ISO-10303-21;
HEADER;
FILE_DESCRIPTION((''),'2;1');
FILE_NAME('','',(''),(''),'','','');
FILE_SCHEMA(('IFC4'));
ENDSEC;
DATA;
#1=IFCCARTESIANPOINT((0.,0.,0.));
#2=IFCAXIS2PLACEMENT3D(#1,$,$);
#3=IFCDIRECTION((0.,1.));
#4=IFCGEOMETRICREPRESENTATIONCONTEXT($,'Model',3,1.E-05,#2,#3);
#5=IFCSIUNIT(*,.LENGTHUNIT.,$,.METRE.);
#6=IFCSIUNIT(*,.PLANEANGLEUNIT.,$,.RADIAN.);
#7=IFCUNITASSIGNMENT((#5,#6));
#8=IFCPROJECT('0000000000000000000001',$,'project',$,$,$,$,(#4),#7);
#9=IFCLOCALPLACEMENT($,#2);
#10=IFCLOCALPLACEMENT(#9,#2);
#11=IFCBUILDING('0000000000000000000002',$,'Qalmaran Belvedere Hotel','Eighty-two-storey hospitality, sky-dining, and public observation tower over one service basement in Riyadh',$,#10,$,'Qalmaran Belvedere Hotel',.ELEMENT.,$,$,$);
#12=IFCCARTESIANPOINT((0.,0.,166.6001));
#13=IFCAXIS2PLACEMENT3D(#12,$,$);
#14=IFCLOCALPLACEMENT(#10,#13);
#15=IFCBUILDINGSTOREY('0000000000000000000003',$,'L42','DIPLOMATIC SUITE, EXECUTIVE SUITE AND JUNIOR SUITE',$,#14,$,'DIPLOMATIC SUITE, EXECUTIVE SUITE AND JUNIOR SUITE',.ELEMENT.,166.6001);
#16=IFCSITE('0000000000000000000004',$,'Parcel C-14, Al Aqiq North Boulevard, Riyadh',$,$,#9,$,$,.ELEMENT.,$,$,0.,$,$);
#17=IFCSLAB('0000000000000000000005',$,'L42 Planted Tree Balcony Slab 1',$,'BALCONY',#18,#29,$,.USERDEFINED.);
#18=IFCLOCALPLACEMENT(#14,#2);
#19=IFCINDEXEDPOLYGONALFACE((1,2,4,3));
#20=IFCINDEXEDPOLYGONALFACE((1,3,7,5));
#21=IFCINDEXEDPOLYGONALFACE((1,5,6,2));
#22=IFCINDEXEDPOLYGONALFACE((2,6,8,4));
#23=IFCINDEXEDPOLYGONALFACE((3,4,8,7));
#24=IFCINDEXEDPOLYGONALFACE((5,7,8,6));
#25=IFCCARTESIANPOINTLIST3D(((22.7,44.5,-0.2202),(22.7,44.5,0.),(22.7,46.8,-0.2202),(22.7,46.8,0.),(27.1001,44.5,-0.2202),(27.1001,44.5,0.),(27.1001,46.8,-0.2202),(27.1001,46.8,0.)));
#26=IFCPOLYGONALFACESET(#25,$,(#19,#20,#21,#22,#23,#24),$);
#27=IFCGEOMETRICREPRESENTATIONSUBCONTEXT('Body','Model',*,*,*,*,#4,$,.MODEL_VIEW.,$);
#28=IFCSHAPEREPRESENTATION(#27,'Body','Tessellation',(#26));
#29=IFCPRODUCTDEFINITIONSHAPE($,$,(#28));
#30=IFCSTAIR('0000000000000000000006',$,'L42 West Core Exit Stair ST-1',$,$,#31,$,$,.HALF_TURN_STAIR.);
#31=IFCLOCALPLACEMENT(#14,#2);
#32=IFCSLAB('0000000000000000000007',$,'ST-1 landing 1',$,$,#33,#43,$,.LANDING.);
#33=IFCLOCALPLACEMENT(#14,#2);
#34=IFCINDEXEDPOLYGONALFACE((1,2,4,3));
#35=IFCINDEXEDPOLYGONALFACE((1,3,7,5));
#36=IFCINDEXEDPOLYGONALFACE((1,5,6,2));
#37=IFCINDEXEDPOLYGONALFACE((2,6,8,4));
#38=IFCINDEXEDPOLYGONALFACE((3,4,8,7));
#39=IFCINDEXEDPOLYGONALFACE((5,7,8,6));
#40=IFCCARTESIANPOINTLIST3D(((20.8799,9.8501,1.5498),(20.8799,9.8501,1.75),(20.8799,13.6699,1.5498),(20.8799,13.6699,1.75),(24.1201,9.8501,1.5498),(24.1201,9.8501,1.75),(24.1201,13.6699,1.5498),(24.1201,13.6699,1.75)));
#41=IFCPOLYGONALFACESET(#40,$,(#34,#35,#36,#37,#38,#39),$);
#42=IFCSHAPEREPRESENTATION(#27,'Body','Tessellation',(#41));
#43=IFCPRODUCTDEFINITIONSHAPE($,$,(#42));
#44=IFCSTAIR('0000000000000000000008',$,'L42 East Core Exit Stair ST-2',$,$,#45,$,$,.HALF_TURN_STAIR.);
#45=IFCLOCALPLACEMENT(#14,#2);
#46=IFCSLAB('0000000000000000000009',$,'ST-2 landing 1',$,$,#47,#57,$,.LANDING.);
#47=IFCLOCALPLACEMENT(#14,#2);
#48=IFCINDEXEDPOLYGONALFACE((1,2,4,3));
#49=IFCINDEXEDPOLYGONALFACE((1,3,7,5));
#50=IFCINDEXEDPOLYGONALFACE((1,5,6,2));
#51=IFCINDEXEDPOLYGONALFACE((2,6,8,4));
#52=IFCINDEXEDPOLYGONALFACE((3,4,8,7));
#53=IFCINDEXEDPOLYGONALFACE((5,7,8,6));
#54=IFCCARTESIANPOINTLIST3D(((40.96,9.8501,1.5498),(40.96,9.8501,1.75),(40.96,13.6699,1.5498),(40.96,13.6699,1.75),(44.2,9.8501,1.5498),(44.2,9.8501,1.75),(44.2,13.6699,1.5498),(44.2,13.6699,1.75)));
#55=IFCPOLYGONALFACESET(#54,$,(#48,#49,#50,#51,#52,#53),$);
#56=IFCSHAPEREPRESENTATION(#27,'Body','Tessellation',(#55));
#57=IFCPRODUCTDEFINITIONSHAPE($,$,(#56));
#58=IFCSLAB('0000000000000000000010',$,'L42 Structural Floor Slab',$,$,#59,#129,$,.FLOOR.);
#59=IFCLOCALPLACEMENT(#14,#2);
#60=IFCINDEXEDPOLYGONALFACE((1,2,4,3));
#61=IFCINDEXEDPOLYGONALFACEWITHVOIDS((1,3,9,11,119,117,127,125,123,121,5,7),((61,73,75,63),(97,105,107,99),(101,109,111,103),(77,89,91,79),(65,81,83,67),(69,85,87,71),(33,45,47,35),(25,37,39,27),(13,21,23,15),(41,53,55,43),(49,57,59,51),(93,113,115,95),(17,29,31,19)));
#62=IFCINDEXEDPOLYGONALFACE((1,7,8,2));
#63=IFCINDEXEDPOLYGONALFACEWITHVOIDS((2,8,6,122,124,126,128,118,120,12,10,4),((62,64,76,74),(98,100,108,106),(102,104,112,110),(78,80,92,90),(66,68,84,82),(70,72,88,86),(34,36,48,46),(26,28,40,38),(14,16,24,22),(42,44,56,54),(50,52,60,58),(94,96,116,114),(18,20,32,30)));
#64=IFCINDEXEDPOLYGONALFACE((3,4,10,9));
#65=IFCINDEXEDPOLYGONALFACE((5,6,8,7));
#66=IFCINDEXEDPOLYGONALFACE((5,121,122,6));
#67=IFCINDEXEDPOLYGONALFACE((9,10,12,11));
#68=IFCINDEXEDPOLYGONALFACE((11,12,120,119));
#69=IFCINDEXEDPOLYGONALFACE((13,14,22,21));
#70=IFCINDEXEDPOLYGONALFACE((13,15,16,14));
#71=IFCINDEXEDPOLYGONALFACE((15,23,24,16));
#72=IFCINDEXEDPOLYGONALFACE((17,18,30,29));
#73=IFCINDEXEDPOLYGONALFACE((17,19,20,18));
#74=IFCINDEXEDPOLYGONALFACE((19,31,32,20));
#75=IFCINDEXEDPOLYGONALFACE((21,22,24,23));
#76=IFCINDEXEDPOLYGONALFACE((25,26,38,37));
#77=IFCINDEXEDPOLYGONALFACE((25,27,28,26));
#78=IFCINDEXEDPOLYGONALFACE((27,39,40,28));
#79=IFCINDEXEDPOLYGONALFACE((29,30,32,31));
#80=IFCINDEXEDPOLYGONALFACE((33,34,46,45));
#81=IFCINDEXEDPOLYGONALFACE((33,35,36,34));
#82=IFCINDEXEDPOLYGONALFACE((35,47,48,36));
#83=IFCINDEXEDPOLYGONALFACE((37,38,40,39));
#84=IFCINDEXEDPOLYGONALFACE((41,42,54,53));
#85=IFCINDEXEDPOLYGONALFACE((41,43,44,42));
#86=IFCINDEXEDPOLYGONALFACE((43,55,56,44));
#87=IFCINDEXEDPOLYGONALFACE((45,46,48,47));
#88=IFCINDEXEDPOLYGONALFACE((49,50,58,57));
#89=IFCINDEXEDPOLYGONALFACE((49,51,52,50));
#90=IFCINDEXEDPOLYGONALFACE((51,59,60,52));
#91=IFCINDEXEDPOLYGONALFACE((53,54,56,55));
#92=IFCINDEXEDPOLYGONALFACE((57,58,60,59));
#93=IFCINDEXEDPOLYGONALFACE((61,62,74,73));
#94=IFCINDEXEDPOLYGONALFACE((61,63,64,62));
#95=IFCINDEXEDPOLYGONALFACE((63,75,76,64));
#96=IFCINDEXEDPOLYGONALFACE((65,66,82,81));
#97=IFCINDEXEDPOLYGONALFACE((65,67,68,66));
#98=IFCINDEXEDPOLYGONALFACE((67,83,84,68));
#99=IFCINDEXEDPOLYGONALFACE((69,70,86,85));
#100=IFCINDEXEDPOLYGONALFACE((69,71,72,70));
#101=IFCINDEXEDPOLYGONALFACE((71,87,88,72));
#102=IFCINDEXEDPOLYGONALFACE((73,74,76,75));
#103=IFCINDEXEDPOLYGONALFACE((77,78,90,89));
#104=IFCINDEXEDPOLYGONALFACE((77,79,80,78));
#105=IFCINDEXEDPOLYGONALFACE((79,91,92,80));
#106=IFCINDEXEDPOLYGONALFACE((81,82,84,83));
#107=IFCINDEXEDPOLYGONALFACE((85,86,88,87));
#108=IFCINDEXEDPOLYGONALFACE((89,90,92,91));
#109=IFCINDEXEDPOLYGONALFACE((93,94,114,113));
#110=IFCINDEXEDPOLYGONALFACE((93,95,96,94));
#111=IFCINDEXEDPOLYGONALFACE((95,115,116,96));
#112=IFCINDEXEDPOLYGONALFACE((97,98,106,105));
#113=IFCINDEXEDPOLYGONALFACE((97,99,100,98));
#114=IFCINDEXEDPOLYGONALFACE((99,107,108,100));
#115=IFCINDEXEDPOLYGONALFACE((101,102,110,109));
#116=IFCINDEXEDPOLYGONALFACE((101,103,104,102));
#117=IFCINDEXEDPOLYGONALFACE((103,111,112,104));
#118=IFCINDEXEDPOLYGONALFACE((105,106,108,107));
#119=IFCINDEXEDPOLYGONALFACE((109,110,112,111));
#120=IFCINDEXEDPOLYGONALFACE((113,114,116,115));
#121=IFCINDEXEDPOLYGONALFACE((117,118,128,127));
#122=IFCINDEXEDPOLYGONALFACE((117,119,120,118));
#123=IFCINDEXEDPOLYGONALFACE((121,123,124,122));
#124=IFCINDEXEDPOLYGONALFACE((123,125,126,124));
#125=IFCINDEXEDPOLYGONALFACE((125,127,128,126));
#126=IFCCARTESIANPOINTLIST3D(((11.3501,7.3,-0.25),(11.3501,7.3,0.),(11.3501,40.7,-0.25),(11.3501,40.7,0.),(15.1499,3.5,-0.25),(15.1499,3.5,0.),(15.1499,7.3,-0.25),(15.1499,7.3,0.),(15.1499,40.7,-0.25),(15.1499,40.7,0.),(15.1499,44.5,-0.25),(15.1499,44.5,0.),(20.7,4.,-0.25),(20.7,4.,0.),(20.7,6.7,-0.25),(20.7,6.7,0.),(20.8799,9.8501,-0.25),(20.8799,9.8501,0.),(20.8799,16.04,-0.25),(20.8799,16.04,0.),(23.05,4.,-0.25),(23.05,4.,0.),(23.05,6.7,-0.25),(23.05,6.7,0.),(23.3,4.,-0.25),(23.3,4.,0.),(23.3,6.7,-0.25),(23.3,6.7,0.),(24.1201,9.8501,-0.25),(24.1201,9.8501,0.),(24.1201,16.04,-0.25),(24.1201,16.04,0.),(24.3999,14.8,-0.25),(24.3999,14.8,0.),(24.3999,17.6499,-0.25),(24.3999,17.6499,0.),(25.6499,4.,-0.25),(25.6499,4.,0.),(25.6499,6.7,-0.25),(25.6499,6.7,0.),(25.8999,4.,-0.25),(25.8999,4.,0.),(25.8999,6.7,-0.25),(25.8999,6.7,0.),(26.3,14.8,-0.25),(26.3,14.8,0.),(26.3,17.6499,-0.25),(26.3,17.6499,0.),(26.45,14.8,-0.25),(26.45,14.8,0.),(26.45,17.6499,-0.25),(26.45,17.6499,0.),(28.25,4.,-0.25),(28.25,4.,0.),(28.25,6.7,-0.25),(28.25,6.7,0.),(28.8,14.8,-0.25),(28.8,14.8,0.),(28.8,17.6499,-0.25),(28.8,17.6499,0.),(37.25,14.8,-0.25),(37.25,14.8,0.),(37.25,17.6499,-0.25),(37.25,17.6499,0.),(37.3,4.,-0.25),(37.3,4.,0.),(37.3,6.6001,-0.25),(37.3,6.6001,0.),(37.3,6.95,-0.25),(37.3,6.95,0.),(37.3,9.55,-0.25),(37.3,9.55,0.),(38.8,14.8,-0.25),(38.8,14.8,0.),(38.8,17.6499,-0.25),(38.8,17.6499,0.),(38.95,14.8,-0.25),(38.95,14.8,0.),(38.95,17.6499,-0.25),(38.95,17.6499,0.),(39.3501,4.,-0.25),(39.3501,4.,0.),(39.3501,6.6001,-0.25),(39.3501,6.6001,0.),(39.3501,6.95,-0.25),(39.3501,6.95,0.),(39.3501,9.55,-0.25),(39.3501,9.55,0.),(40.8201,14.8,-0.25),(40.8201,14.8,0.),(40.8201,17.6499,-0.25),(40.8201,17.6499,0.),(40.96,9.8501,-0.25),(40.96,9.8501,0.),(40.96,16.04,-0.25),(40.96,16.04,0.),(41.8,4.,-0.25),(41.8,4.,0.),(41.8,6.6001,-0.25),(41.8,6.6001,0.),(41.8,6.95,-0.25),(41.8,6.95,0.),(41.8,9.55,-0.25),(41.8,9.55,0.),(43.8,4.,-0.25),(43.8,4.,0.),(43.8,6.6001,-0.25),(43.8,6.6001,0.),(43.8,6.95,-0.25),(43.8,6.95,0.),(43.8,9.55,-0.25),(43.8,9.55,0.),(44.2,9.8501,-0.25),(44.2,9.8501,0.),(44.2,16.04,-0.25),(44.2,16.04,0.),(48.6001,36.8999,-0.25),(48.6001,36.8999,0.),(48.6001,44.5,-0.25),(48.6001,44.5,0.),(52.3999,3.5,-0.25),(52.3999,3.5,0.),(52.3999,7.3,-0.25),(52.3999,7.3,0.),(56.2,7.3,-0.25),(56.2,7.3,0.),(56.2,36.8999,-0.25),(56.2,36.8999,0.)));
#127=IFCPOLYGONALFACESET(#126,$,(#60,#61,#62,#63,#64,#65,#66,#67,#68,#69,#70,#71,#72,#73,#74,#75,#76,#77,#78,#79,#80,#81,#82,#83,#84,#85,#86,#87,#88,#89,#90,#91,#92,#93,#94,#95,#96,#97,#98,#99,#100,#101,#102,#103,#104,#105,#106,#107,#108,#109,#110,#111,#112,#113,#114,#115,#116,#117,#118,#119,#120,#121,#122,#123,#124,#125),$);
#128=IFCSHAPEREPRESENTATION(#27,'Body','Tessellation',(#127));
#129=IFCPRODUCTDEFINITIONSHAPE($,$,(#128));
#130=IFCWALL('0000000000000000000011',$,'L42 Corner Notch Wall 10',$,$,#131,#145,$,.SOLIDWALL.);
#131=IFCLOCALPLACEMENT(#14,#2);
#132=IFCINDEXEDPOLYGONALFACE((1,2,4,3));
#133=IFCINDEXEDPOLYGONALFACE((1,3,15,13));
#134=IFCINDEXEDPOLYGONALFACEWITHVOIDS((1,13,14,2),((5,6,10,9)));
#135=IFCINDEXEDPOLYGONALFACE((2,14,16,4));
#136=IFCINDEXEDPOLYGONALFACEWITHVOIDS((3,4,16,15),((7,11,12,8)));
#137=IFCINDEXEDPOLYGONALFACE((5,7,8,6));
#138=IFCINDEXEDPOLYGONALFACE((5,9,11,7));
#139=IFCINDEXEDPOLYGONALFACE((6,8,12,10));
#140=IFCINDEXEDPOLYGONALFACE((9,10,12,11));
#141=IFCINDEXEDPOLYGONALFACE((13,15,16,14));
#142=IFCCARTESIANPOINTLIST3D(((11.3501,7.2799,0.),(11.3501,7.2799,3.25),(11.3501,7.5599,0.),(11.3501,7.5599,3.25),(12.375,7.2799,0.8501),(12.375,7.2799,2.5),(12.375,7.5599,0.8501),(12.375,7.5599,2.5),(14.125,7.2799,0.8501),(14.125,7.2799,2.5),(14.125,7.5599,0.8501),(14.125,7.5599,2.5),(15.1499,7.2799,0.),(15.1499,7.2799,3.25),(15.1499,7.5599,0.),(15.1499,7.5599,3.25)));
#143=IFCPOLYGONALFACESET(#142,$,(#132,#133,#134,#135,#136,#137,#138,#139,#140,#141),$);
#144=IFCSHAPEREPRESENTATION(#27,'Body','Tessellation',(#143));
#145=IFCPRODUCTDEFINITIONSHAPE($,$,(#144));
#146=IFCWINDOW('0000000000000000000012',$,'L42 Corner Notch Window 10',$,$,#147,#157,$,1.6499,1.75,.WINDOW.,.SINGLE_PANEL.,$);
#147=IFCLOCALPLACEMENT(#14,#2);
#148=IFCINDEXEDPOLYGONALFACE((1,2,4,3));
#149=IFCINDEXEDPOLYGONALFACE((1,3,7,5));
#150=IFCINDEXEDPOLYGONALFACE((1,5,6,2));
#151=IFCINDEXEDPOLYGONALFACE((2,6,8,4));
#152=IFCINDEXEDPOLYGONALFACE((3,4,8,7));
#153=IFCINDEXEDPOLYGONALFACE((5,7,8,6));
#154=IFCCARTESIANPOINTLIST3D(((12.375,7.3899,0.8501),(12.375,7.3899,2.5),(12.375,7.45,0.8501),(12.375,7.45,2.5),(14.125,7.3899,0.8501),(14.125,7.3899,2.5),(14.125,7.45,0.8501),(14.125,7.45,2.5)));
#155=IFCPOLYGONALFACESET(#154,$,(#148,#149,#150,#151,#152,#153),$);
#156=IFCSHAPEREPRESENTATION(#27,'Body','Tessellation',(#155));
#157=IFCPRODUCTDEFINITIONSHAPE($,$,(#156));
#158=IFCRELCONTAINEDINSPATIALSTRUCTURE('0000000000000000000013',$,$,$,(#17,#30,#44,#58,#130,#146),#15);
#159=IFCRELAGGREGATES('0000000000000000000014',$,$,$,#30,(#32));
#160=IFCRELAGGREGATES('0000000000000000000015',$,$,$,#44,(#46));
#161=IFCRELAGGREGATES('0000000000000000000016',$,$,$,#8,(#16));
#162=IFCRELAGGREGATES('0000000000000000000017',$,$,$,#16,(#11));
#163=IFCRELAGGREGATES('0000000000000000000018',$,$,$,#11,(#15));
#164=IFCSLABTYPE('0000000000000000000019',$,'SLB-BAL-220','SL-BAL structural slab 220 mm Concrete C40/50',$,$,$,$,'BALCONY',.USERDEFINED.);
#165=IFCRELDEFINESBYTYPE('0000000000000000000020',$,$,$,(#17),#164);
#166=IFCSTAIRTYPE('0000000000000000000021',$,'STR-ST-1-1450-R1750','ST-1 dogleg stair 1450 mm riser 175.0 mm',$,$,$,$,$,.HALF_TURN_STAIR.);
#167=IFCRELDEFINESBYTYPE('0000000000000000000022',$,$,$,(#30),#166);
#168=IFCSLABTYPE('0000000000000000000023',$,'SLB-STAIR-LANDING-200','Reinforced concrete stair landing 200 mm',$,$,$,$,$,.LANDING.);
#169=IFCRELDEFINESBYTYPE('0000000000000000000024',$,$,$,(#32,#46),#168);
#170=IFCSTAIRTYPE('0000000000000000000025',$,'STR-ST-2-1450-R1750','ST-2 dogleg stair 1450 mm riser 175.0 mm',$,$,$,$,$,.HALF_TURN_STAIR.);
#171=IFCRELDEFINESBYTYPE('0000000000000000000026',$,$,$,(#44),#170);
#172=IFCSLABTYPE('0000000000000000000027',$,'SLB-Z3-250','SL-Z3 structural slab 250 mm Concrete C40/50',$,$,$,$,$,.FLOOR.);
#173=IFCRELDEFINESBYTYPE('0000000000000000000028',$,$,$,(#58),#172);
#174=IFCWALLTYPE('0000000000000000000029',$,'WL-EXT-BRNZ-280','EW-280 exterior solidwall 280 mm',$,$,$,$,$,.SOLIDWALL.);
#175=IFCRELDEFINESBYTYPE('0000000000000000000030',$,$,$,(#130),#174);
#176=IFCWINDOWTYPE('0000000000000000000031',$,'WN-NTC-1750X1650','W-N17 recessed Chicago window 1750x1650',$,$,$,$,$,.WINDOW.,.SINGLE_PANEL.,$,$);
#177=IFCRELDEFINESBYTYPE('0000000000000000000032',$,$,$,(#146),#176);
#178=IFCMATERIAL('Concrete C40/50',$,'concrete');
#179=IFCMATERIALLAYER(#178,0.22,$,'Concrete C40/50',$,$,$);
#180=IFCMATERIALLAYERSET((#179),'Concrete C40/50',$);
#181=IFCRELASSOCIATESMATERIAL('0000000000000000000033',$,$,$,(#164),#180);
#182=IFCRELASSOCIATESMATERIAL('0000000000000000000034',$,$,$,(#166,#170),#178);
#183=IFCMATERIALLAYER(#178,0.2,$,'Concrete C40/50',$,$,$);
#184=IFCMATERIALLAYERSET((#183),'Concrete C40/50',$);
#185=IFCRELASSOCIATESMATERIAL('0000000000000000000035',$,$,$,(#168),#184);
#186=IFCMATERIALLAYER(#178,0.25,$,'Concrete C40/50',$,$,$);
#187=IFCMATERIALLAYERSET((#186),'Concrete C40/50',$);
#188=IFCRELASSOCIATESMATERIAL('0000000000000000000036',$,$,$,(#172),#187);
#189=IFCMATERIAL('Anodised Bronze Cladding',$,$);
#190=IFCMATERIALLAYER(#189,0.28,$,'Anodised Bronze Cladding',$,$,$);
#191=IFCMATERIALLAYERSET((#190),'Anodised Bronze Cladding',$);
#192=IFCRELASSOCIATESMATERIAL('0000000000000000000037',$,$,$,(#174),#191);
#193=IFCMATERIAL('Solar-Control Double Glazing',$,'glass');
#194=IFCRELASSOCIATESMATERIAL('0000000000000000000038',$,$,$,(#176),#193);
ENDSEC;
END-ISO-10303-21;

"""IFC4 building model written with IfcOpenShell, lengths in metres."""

from ifc_helpers import new_model, si_unit, direction, frame, frame_2d, origin, place, context, subcontext, project, spatial, polyline, rectangle, outline, extrude, material, layer, layer_set, type_object, element, fill, aggregate, save


model = new_model("IFC4")

# Units and contexts
model_context = context("Model", 3, precision=1e-05, world=origin(), true_north=direction((0.0, 1.0)))
body_context = subcontext(model_context, "Body", "Model", "MODEL_VIEW")
ifc_project = project(units=[si_unit("LENGTHUNIT", "METRE"), si_unit("PLANEANGLEUNIT", "RADIAN")], contexts=[model_context])

# Site, building, storey
site_placement = place(None, origin())
site = spatial("IfcSite", under=ifc_project, at=site_placement, Name="Parcel C-14, Al Aqiq North Boulevard, Riyadh", CompositionType="ELEMENT", RefElevation=0.0)
building_placement = place(site_placement, origin())
building = spatial("IfcBuilding", under=site, at=building_placement, Name="Qalmaran Belvedere Hotel", Description="Eighty-two-storey hospitality, sky-dining, and public observation tower over one service basement in Riyadh", LongName="Qalmaran Belvedere Hotel", CompositionType="ELEMENT")
storey_placement = place(building_placement, frame((0.0, 0.0, 166.6001)))
storey = spatial("IfcBuildingStorey", under=building, at=storey_placement, Name="L42", Description="DIPLOMATIC SUITE, EXECUTIVE SUITE AND JUNIOR SUITE", LongName="DIPLOMATIC SUITE, EXECUTIVE SUITE AND JUNIOR SUITE", CompositionType="ELEMENT", Elevation=166.6001)

# Shared definitions
ifc_material_1 = material(Name="Solar-Control Double Glazing", Category="glass")

# Slab
ifc_material_2 = material(Name="Concrete C40/50", Category="concrete")
ifc_layer_1 = layer(ifc_material_2, 0.22, Name="Concrete C40/50")
ifc_layer_set_1 = layer_set([ifc_layer_1], Name="Concrete C40/50")
slab_type_1 = type_object("IfcSlabType", Name="SLB-BAL-220", Description="SL-BAL structural slab 220 mm Concrete C40/50", ElementType="BALCONY", PredefinedType="USERDEFINED", material=ifc_layer_set_1)
slab_1_placement = place(storey_placement, frame((0.0, 0.0, -0.2202)))
element("IfcSlab", 1, at=slab_1_placement, inside=storey, type_object=slab_type_1, Name="L42 Planted Tree Balcony Slab 1", ObjectType="BALCONY", PredefinedType="USERDEFINED", context=body_context, shape_type="SweptSolid", body=[
    extrude(outline(polyline([(22.7, 44.5), (27.1001, 44.5), (27.1001, 46.8), (22.7, 46.8), (22.7, 44.5)])), origin(), (0.0, 0.0, 1.0), 0.2202),
])

# Stairs, slabs
stair_type_1 = type_object("IfcStairType", Name="STR-ST-1-1450-R1750", Description="ST-1 dogleg stair 1450 mm riser 175.0 mm", PredefinedType="HALF_TURN_STAIR", material=ifc_material_2)
stair_1_placement = place(storey_placement, origin())
stair_1 = element("IfcStair", 2, at=stair_1_placement, inside=storey, type_object=stair_type_1, Name="L42 West Core Exit Stair ST-1", PredefinedType="HALF_TURN_STAIR")
ifc_layer_2 = layer(ifc_material_2, 0.2, Name="Concrete C40/50")
ifc_layer_set_2 = layer_set([ifc_layer_2], Name="Concrete C40/50")
slab_type_2 = type_object("IfcSlabType", Name="SLB-STAIR-LANDING-200", Description="Reinforced concrete stair landing 200 mm", PredefinedType="LANDING", material=ifc_layer_set_2)
slab_2_placement = place(storey_placement, frame((0.0, 0.0, 1.5498)))
slab_2 = element("IfcSlab", 3, at=slab_2_placement, type_object=slab_type_2, Name="ST-1 landing 1", PredefinedType="LANDING", context=body_context, shape_type="SweptSolid", body=[
    extrude(outline(polyline([(20.8799, 13.6699), (20.8799, 9.8501), (24.1201, 9.8501), (24.1201, 13.6699), (20.8799, 13.6699)])), origin(), (0.0, 0.0, 1.0), 0.2002),
])
aggregate(stair_1, [slab_2])
stair_type_2 = type_object("IfcStairType", Name="STR-ST-2-1450-R1750", Description="ST-2 dogleg stair 1450 mm riser 175.0 mm", PredefinedType="HALF_TURN_STAIR", material=ifc_material_2)
stair_2_placement = place(storey_placement, origin())
stair_2 = element("IfcStair", 4, at=stair_2_placement, inside=storey, type_object=stair_type_2, Name="L42 East Core Exit Stair ST-2", PredefinedType="HALF_TURN_STAIR")
slab_3_placement = place(storey_placement, frame((0.0, 0.0, 1.5498)))
slab_3 = element("IfcSlab", 5, at=slab_3_placement, type_object=slab_type_2, Name="ST-2 landing 1", PredefinedType="LANDING", context=body_context, shape_type="SweptSolid", body=[
    extrude(outline(polyline([(40.96, 13.6699), (40.96, 9.8501), (44.2, 9.8501), (44.2, 13.6699), (40.96, 13.6699)])), origin(), (0.0, 0.0, 1.0), 0.2002),
])
aggregate(stair_2, [slab_3])

# Slab
ifc_layer_3 = layer(ifc_material_2, 0.25, Name="Concrete C40/50")
ifc_layer_set_3 = layer_set([ifc_layer_3], Name="Concrete C40/50")
slab_type_3 = type_object("IfcSlabType", Name="SLB-Z3-250", Description="SL-Z3 structural slab 250 mm Concrete C40/50", PredefinedType="FLOOR", material=ifc_layer_set_3)
slab_4_placement = place(storey_placement, frame((0.0, 0.0, -0.25)))
element("IfcSlab", 6, at=slab_4_placement, inside=storey, type_object=slab_type_3, Name="L42 Structural Floor Slab", PredefinedType="FLOOR", context=body_context, shape_type="SweptSolid", body=[
    extrude(outline(polyline([(15.1499, 3.5), (52.3999, 3.5), (52.3999, 7.3), (56.2, 7.3), (56.2, 36.8999), (48.6001, 36.8999), (48.6001, 44.5), (15.1499, 44.5), (15.1499, 40.7), (11.3501, 40.7), (11.3501, 7.3), (15.1499, 7.3), (15.1499, 3.5)]), holes=[polyline([(20.8799, 9.8501), (24.1201, 9.8501), (24.1201, 16.04), (20.8799, 16.04), (20.8799, 9.8501)]), polyline([(40.96, 9.8501), (44.2, 9.8501), (44.2, 16.04), (40.96, 16.04), (40.96, 9.8501)]), polyline([(37.3, 4.0), (39.3501, 4.0), (39.3501, 6.6001), (37.3, 6.6001), (37.3, 4.0)]), polyline([(37.3, 6.95), (39.3501, 6.95), (39.3501, 9.55), (37.3, 9.55), (37.3, 6.95)]), polyline([(41.8, 4.0), (43.8, 4.0), (43.8, 6.6001), (41.8, 6.6001), (41.8, 4.0)]), polyline([(41.8, 6.95), (43.8, 6.95), (43.8, 9.55), (41.8, 9.55), (41.8, 6.95)]), polyline([(20.7, 4.0), (23.05, 4.0), (23.05, 6.7), (20.7, 6.7), (20.7, 4.0)]), polyline([(23.3, 4.0), (25.6499, 4.0), (25.6499, 6.7), (23.3, 6.7), (23.3, 4.0)]), polyline([(25.8999, 4.0), (28.25, 4.0), (28.25, 6.7), (25.8999, 6.7), (25.8999, 4.0)]), polyline([(24.3999, 14.8), (26.3, 14.8), (26.3, 17.6499), (24.3999, 17.6499), (24.3999, 14.8)]), polyline([(38.95, 14.8), (40.8201, 14.8), (40.8201, 17.6499), (38.95, 17.6499), (38.95, 14.8)]), polyline([(26.45, 14.8), (28.8, 14.8), (28.8, 17.6499), (26.45, 17.6499), (26.45, 14.8)]), polyline([(37.25, 14.8), (38.8, 14.8), (38.8, 17.6499), (37.25, 17.6499), (37.25, 14.8)])]), origin(), (0.0, 0.0, 1.0), 0.25),
])

# Wall, opening, window
ifc_material_3 = material(Name="Anodised Bronze Cladding")
ifc_layer_4 = layer(ifc_material_3, 0.28, Name="Anodised Bronze Cladding")
ifc_layer_set_4 = layer_set([ifc_layer_4], Name="Anodised Bronze Cladding")
wall_type_1 = type_object("IfcWallType", Name="WL-EXT-BRNZ-280", Description="EW-280 exterior solidwall 280 mm", PredefinedType="SOLIDWALL", material=ifc_layer_set_4)
wall_1_placement = place(storey_placement, frame((11.3501, 7.4199, 0.0), z_axis=(0.0, 0.0, 1.0), x_axis=(1.0, 0.0, 0.0)))
wall_1 = element("IfcWall", 7, at=wall_1_placement, inside=storey, type_object=wall_type_1, Name="L42 Corner Notch Wall 10", PredefinedType="SOLIDWALL", context=body_context, shape_type="SweptSolid", body=[
    extrude(rectangle(XDim=3.7998, YDim=0.28, at=frame_2d((1.8999, 0.0))), origin(), (0.0, 0.0, 1.0), 3.25),
])
opening_1_placement = place(wall_1_placement, frame((1.0249, 0.0, 0.8501)))
opening_1 = element("IfcOpeningElement", 8, at=opening_1_placement, cuts=wall_1, PredefinedType="OPENING", context=body_context, shape_type="SweptSolid", body=[
    extrude(rectangle(XDim=1.75, YDim=1.6499, at=frame_2d((0.875, 0.825))), frame((0.0, 0.1499, 0.0), z_axis=(0.0, -1.0, 0.0), x_axis=(1.0, 0.0, 0.0)), (0.0, 0.0, 1.0), 0.3),
])
window_type = type_object("IfcWindowType", Name="WN-NTC-1750X1650", Description="W-N17 recessed Chicago window 1750x1650", PartitioningType="SINGLE_PANEL", PredefinedType="WINDOW", material=ifc_material_1)
window_placement = place(opening_1_placement, origin())
window = element("IfcWindow", 9, at=window_placement, inside=storey, type_object=window_type, Name="L42 Corner Notch Window 10", OverallHeight=1.6499, OverallWidth=1.75, PartitioningType="SINGLE_PANEL", PredefinedType="WINDOW", context=body_context, shape_type="SweptSolid", body=[
    extrude(rectangle(XDim=1.75, YDim=1.6499, at=frame_2d((0.875, 0.825))), frame((0.0, 0.03, 0.0), z_axis=(0.0, -1.0, 0.0), x_axis=(1.0, 0.0, 0.0)), (0.0, 0.0, 1.0), 0.0601),
])
fill(opening_1, window)

save(model, "model.ifc")
